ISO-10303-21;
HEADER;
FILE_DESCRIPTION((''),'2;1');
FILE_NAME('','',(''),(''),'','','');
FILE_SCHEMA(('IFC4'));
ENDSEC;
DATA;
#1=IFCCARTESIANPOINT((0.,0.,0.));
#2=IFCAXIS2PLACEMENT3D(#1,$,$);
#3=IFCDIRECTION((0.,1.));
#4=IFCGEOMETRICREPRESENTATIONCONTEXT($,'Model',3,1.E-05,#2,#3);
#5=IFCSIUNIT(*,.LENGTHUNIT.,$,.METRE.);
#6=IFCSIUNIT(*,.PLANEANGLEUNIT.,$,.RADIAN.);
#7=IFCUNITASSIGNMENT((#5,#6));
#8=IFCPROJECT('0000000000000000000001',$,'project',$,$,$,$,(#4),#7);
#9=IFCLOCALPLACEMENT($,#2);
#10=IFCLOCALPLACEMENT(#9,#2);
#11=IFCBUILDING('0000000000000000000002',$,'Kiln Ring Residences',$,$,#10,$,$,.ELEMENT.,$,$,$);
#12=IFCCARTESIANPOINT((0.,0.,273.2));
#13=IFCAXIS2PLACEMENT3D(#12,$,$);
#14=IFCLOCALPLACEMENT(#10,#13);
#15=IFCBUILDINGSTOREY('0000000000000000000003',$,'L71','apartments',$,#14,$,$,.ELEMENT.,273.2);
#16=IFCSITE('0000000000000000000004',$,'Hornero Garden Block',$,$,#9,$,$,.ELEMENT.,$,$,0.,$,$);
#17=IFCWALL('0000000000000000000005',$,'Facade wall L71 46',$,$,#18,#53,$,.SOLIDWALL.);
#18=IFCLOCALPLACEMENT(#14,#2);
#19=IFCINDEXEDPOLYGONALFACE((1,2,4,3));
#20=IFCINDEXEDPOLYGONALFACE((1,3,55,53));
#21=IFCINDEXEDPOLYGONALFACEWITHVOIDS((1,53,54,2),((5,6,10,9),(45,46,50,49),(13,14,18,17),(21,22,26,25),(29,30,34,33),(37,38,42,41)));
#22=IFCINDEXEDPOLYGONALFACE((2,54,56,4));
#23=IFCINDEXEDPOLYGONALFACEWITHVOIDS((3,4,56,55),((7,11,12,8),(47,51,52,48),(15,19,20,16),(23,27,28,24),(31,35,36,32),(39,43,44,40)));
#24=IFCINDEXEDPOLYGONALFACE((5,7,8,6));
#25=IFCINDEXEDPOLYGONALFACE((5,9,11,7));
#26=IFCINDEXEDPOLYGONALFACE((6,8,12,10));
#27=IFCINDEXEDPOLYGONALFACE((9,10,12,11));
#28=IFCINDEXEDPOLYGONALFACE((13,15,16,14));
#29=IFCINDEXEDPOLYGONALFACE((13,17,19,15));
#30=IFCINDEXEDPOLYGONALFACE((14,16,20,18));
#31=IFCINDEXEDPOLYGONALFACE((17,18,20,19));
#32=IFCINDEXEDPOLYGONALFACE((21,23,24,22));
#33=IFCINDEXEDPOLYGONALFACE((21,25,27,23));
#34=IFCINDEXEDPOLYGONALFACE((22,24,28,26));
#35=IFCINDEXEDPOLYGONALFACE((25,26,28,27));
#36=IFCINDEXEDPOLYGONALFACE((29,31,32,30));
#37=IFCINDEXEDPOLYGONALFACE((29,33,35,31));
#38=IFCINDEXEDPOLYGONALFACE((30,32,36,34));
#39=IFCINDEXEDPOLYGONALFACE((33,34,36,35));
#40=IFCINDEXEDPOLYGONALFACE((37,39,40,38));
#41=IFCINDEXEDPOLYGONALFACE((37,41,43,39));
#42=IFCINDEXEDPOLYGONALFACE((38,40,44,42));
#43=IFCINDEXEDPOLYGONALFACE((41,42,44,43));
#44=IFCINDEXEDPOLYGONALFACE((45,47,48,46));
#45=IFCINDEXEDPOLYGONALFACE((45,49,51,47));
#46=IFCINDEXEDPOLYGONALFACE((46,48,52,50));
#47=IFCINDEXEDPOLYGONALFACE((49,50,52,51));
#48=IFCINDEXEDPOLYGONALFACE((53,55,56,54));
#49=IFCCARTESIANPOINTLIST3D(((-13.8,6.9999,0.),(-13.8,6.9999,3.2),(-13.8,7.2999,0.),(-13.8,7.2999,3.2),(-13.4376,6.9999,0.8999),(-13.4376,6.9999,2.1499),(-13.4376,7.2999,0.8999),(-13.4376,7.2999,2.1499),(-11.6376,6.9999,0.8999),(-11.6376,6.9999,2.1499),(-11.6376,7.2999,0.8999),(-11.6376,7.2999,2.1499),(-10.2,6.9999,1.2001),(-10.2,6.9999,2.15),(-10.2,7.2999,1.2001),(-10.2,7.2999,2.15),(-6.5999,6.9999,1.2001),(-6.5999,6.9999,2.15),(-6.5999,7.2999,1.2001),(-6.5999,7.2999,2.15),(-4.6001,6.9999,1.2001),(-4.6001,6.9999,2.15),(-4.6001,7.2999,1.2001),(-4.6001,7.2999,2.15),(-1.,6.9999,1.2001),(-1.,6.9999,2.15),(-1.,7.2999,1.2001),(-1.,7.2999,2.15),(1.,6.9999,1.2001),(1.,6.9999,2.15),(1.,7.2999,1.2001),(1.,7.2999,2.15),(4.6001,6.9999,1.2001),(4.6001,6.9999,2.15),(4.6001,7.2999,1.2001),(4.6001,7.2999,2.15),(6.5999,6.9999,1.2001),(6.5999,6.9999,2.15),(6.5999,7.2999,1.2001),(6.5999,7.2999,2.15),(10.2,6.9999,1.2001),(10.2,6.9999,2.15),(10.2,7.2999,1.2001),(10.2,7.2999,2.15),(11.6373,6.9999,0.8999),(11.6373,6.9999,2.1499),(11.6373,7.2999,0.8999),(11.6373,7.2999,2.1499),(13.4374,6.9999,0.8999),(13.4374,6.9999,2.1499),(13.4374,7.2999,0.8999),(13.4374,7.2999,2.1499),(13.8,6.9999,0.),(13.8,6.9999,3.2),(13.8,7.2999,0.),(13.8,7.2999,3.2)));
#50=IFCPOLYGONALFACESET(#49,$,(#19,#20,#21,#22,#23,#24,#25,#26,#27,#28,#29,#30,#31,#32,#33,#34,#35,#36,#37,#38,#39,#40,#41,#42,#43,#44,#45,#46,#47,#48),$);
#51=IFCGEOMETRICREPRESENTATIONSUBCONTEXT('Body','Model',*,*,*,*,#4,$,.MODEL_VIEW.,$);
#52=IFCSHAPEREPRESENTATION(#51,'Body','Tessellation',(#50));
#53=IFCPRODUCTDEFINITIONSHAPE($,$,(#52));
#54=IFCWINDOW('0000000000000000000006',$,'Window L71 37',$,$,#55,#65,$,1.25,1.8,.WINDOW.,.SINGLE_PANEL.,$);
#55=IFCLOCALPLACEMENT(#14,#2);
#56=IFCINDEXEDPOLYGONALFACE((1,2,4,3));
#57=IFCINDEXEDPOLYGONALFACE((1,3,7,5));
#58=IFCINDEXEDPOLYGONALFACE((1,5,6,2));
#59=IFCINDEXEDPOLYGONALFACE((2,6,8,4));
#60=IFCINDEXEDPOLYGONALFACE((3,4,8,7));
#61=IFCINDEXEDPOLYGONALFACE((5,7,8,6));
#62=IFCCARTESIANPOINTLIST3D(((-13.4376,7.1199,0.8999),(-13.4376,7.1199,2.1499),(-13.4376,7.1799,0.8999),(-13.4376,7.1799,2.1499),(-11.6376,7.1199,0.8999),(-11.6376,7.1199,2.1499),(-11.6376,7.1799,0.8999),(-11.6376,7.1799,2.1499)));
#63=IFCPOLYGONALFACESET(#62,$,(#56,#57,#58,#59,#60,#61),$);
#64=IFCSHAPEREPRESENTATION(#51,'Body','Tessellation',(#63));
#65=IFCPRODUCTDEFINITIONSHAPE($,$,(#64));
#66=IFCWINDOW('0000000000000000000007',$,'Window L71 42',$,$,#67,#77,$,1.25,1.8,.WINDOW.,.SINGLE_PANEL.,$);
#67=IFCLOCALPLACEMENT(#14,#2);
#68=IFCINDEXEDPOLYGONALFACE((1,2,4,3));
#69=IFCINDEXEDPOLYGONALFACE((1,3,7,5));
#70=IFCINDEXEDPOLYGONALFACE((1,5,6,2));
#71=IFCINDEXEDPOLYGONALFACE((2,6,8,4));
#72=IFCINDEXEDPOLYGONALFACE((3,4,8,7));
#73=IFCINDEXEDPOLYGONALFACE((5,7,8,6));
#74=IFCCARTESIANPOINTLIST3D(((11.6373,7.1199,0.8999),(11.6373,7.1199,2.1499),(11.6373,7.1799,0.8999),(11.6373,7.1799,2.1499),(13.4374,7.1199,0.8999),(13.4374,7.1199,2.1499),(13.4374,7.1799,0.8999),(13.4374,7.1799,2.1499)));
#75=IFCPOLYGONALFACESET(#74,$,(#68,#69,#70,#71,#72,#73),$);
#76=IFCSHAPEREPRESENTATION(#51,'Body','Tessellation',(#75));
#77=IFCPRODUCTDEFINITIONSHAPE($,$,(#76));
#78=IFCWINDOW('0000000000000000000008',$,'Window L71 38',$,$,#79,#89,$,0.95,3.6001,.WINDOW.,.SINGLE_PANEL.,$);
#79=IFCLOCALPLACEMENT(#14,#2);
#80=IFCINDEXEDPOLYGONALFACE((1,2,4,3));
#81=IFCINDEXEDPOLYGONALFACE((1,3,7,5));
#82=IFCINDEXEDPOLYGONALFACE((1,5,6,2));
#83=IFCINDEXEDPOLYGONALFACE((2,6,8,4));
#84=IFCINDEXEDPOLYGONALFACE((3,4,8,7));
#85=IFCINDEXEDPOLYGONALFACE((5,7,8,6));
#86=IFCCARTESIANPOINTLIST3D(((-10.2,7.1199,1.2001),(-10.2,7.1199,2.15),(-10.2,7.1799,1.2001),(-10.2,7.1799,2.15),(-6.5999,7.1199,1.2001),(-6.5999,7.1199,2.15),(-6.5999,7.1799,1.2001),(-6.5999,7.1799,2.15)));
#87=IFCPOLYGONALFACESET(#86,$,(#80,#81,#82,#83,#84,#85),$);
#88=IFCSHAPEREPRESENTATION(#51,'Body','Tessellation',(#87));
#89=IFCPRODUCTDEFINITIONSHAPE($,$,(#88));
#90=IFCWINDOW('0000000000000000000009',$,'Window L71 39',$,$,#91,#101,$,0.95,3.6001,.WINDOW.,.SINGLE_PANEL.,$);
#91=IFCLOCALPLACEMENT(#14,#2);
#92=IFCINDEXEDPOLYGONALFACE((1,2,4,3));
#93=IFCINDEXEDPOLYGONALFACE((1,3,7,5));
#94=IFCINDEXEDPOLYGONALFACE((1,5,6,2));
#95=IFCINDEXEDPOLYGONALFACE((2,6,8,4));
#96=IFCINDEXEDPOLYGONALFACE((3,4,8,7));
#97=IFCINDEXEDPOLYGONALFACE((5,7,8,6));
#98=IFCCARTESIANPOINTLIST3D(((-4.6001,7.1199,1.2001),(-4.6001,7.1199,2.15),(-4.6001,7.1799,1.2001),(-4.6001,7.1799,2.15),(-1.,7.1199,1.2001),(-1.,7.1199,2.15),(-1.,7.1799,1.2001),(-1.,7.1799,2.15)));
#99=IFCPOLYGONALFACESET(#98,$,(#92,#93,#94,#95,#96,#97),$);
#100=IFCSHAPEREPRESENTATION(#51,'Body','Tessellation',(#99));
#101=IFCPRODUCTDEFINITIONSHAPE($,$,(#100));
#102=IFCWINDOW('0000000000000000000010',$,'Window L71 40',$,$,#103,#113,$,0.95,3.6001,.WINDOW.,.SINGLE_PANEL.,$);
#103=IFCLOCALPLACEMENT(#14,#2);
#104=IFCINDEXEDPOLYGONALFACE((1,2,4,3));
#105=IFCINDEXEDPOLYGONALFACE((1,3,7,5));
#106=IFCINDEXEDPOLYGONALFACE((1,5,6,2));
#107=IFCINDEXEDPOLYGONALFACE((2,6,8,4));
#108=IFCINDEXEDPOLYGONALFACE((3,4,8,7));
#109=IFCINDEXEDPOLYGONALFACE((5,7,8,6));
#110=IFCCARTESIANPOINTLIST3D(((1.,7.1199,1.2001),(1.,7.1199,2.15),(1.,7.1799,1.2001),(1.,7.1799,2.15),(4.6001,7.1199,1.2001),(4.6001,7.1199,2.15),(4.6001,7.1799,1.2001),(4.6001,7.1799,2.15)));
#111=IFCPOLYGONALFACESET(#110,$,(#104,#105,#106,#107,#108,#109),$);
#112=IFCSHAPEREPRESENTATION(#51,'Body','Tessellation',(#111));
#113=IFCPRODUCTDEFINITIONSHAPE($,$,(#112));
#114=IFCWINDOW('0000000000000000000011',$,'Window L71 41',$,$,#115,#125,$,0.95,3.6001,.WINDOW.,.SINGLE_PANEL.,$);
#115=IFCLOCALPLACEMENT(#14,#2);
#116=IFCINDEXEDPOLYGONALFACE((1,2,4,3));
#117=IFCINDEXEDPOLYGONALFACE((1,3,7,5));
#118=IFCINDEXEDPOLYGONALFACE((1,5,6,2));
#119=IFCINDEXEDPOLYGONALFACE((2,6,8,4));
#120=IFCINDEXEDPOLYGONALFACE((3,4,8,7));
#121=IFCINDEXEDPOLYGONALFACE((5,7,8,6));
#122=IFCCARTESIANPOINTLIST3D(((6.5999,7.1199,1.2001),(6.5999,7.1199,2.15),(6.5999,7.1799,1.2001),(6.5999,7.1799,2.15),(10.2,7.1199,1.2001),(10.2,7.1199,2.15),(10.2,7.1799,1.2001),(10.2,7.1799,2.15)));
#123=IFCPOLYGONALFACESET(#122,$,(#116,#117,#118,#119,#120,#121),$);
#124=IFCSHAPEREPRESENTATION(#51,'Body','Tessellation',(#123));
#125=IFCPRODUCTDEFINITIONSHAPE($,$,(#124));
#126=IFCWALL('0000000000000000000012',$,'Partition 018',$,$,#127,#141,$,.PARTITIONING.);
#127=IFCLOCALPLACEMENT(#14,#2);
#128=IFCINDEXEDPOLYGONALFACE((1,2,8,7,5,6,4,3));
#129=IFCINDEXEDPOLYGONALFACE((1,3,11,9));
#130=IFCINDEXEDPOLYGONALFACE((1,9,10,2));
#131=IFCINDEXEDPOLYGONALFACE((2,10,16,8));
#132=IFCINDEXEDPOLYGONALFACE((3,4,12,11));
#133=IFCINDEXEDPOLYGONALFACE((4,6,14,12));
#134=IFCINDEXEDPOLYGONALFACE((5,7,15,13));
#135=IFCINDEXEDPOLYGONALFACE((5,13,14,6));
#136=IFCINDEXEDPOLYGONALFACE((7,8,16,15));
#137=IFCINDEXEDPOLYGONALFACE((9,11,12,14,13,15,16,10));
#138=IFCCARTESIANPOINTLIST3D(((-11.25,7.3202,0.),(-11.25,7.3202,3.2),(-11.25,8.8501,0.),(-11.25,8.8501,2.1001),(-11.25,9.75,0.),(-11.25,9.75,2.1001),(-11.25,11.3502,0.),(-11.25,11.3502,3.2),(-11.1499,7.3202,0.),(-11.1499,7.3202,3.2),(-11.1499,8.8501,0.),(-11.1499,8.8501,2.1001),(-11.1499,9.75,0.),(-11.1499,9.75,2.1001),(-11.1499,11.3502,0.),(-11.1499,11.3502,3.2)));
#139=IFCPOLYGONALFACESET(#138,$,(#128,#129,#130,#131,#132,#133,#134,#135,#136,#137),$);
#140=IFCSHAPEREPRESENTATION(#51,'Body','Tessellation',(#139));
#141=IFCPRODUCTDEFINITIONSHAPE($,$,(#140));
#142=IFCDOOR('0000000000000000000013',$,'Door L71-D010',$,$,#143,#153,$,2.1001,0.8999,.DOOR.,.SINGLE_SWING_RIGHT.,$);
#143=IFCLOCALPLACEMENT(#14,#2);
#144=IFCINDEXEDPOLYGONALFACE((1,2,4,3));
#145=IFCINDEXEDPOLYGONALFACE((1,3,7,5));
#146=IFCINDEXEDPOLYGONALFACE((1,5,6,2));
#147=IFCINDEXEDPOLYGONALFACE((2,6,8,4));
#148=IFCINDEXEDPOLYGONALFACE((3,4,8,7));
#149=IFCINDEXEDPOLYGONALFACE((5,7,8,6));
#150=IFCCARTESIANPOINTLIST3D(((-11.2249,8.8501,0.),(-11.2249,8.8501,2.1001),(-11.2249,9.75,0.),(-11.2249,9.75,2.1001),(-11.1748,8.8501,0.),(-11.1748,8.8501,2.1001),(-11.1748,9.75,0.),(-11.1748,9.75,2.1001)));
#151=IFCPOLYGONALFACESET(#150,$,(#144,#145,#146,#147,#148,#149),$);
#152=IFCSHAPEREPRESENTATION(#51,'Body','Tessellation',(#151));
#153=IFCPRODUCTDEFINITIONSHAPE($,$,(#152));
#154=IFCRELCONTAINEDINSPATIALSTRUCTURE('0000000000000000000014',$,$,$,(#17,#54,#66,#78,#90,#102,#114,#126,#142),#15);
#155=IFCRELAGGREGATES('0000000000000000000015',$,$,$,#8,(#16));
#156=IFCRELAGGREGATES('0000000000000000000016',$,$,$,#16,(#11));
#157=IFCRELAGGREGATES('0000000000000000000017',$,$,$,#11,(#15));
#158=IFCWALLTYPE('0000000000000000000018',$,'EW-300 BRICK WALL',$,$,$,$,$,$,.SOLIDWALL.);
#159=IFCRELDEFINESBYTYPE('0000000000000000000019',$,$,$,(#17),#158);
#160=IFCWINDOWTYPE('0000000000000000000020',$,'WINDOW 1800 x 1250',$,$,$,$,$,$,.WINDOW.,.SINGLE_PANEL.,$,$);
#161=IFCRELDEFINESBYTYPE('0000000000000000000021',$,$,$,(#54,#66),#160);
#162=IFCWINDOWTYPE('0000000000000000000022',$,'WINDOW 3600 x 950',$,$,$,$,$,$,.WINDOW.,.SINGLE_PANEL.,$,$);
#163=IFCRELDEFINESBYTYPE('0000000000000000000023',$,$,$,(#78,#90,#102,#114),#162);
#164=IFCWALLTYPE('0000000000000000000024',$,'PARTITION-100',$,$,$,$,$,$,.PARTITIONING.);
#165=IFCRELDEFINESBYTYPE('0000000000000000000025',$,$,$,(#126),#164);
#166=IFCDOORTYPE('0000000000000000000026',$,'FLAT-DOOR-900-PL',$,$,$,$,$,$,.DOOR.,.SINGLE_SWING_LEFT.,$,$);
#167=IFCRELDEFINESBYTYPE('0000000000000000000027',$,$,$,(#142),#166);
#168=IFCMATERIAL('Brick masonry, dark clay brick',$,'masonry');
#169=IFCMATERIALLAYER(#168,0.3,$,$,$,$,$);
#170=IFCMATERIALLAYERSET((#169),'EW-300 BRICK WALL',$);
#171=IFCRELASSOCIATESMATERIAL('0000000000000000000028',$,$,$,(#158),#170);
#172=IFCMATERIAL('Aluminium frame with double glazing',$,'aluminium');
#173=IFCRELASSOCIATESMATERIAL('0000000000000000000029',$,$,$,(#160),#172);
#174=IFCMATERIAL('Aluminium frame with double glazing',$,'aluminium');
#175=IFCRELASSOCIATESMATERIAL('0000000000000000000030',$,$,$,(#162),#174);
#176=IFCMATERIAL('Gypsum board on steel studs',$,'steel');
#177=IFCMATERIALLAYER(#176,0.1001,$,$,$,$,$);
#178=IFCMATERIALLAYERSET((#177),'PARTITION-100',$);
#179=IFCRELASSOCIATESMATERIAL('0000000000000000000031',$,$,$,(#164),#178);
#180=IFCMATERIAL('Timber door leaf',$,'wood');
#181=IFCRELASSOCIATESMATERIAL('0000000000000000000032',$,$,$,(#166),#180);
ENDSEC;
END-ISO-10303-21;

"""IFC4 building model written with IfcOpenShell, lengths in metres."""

from ifc_helpers import new_model, si_unit, direction, frame, frame_2d, origin, place, context, subcontext, project, spatial, rectangle, extrude, material, layer, layer_set, type_object, element, fill, save


model = new_model("IFC4")

# Units and contexts
model_context = context("Model", 3, precision=1e-05, world=origin(), true_north=direction((0.0, 1.0)))
body_context = subcontext(model_context, "Body", "Model", "MODEL_VIEW")
ifc_project = project(units=[si_unit("LENGTHUNIT", "METRE"), si_unit("PLANEANGLEUNIT", "RADIAN")], contexts=[model_context])

# Site, building, storey
site_placement = place(None, origin())
site = spatial("IfcSite", under=ifc_project, at=site_placement, Name="Hornero Garden Block", CompositionType="ELEMENT", RefElevation=0.0)
building_placement = place(site_placement, origin())
building = spatial("IfcBuilding", under=site, at=building_placement, Name="Kiln Ring Residences", CompositionType="ELEMENT")
storey_placement = place(building_placement, frame((0.0, 0.0, 273.2)))
storey = spatial("IfcBuildingStorey", under=building, at=storey_placement, Name="L71", Description="apartments", CompositionType="ELEMENT", Elevation=273.2)

# Wall, openings, windows
ifc_material_1 = material(Name="Brick masonry, dark clay brick", Category="masonry")
ifc_layer_1 = layer(ifc_material_1, 0.3)
ifc_layer_set_1 = layer_set([ifc_layer_1], Name="EW-300 BRICK WALL")
wall_type_1 = type_object("IfcWallType", Name="EW-300 BRICK WALL", PredefinedType="SOLIDWALL", material=ifc_layer_set_1)
wall_1_placement = place(storey_placement, frame((-13.8, 7.1499, 0.0), z_axis=(0.0, 0.0, 1.0), x_axis=(1.0, 0.0, 0.0)))
wall_1 = element("IfcWall", 1, at=wall_1_placement, inside=storey, type_object=wall_type_1, Name="Facade wall L71 46", PredefinedType="SOLIDWALL", context=body_context, shape_type="SweptSolid", body=[
    extrude(rectangle(XDim=27.6001, YDim=0.3, at=frame_2d((13.8, 0.0))), origin(), (0.0, 0.0, 1.0), 3.2),
])
opening_1_placement = place(wall_1_placement, frame((0.3625, 0.0, 0.8999)))
opening_1 = element("IfcOpeningElement", 2, at=opening_1_placement, cuts=wall_1, PredefinedType="OPENING", context=body_context, shape_type="SweptSolid", body=[
    extrude(rectangle(XDim=1.8, YDim=1.25, at=frame_2d((0.8999, 0.625))), frame((0.0, 0.1599, 0.0), z_axis=(0.0, -1.0, 0.0), x_axis=(1.0, 0.0, 0.0)), (0.0, 0.0, 1.0), 0.3201),
])
opening_2_placement = place(wall_1_placement, frame((3.6001, 0.0, 1.2)))
opening_2 = element("IfcOpeningElement", 3, at=opening_2_placement, cuts=wall_1, PredefinedType="OPENING", context=body_context, shape_type="SweptSolid", body=[
    extrude(rectangle(XDim=3.6001, YDim=0.95, at=frame_2d((1.8, 0.4751))), frame((0.0, 0.1599, 0.0), z_axis=(0.0, -1.0, 0.0), x_axis=(1.0, 0.0, 0.0)), (0.0, 0.0, 1.0), 0.3201),
])
opening_3_placement = place(wall_1_placement, frame((9.2, 0.0, 1.2)))
opening_3 = element("IfcOpeningElement", 4, at=opening_3_placement, cuts=wall_1, PredefinedType="OPENING", context=body_context, shape_type="SweptSolid", body=[
    extrude(rectangle(XDim=3.6001, YDim=0.95, at=frame_2d((1.8, 0.4751))), frame((0.0, 0.1599, 0.0), z_axis=(0.0, -1.0, 0.0), x_axis=(1.0, 0.0, 0.0)), (0.0, 0.0, 1.0), 0.3201),
])
opening_4_placement = place(wall_1_placement, frame((14.8, 0.0, 1.2)))
opening_4 = element("IfcOpeningElement", 5, at=opening_4_placement, cuts=wall_1, PredefinedType="OPENING", context=body_context, shape_type="SweptSolid", body=[
    extrude(rectangle(XDim=3.6001, YDim=0.95, at=frame_2d((1.8, 0.4751))), frame((0.0, 0.1599, 0.0), z_axis=(0.0, -1.0, 0.0), x_axis=(1.0, 0.0, 0.0)), (0.0, 0.0, 1.0), 0.3201),
])
opening_5_placement = place(wall_1_placement, frame((20.3999, 0.0, 1.2)))
opening_5 = element("IfcOpeningElement", 6, at=opening_5_placement, cuts=wall_1, PredefinedType="OPENING", context=body_context, shape_type="SweptSolid", body=[
    extrude(rectangle(XDim=3.6001, YDim=0.95, at=frame_2d((1.8, 0.4751))), frame((0.0, 0.1599, 0.0), z_axis=(0.0, -1.0, 0.0), x_axis=(1.0, 0.0, 0.0)), (0.0, 0.0, 1.0), 0.3201),
])
opening_6_placement = place(wall_1_placement, frame((25.4375, 0.0, 0.8999)))
opening_6 = element("IfcOpeningElement", 7, at=opening_6_placement, cuts=wall_1, PredefinedType="OPENING", context=body_context, shape_type="SweptSolid", body=[
    extrude(rectangle(XDim=1.8, YDim=1.25, at=frame_2d((0.8999, 0.625))), frame((0.0, 0.1599, 0.0), z_axis=(0.0, -1.0, 0.0), x_axis=(1.0, 0.0, 0.0)), (0.0, 0.0, 1.0), 0.3201),
])
ifc_material_2 = material(Name="Aluminium frame with double glazing", Category="aluminium")
window_type_1 = type_object("IfcWindowType", Name="WINDOW 1800 x 1250", PartitioningType="SINGLE_PANEL", PredefinedType="WINDOW", material=ifc_material_2)
window_1_placement = place(opening_1_placement, origin())
window_1 = element("IfcWindow", 8, at=window_1_placement, inside=storey, type_object=window_type_1, Name="Window L71 37", OverallHeight=1.25, OverallWidth=1.8, PartitioningType="SINGLE_PANEL", PredefinedType="WINDOW", context=body_context, shape_type="SweptSolid", body=[
    extrude(rectangle(XDim=1.8, YDim=1.25, at=frame_2d((0.8999, 0.625))), frame((0.0, 0.03, 0.0), z_axis=(0.0, -1.0, 0.0), x_axis=(1.0, 0.0, 0.0)), (0.0, 0.0, 1.0), 0.0601),
])
fill(opening_1, window_1)
window_2_placement = place(opening_6_placement, origin())
window_2 = element("IfcWindow", 9, at=window_2_placement, inside=storey, type_object=window_type_1, Name="Window L71 42", OverallHeight=1.25, OverallWidth=1.8, PartitioningType="SINGLE_PANEL", PredefinedType="WINDOW", context=body_context, shape_type="SweptSolid", body=[
    extrude(rectangle(XDim=1.8, YDim=1.25, at=frame_2d((0.8999, 0.625))), frame((0.0, 0.03, 0.0), z_axis=(0.0, -1.0, 0.0), x_axis=(1.0, 0.0, 0.0)), (0.0, 0.0, 1.0), 0.0601),
])
fill(opening_6, window_2)
ifc_material_3 = material(Name="Aluminium frame with double glazing", Category="aluminium")
window_type_2 = type_object("IfcWindowType", Name="WINDOW 3600 x 950", PartitioningType="SINGLE_PANEL", PredefinedType="WINDOW", material=ifc_material_3)
window_3_placement = place(opening_2_placement, origin())
window_3 = element("IfcWindow", 10, at=window_3_placement, inside=storey, type_object=window_type_2, Name="Window L71 38", OverallHeight=0.95, OverallWidth=3.6001, PartitioningType="SINGLE_PANEL", PredefinedType="WINDOW", context=body_context, shape_type="SweptSolid", body=[
    extrude(rectangle(XDim=3.6001, YDim=0.95, at=frame_2d((1.8, 0.4751))), frame((0.0, 0.03, 0.0), z_axis=(0.0, -1.0, 0.0), x_axis=(1.0, 0.0, 0.0)), (0.0, 0.0, 1.0), 0.0601),
])
fill(opening_2, window_3)
window_4_placement = place(opening_3_placement, origin())
window_4 = element("IfcWindow", 11, at=window_4_placement, inside=storey, type_object=window_type_2, Name="Window L71 39", OverallHeight=0.95, OverallWidth=3.6001, PartitioningType="SINGLE_PANEL", PredefinedType="WINDOW", context=body_context, shape_type="SweptSolid", body=[
    extrude(rectangle(XDim=3.6001, YDim=0.95, at=frame_2d((1.8, 0.4751))), frame((0.0, 0.03, 0.0), z_axis=(0.0, -1.0, 0.0), x_axis=(1.0, 0.0, 0.0)), (0.0, 0.0, 1.0), 0.0601),
])
fill(opening_3, window_4)
window_5_placement = place(opening_4_placement, origin())
window_5 = element("IfcWindow", 12, at=window_5_placement, inside=storey, type_object=window_type_2, Name="Window L71 40", OverallHeight=0.95, OverallWidth=3.6001, PartitioningType="SINGLE_PANEL", PredefinedType="WINDOW", context=body_context, shape_type="SweptSolid", body=[
    extrude(rectangle(XDim=3.6001, YDim=0.95, at=frame_2d((1.8, 0.4751))), frame((0.0, 0.03, 0.0), z_axis=(0.0, -1.0, 0.0), x_axis=(1.0, 0.0, 0.0)), (0.0, 0.0, 1.0), 0.0601),
])
fill(opening_4, window_5)
window_6_placement = place(opening_5_placement, origin())
window_6 = element("IfcWindow", 13, at=window_6_placement, inside=storey, type_object=window_type_2, Name="Window L71 41", OverallHeight=0.95, OverallWidth=3.6001, PartitioningType="SINGLE_PANEL", PredefinedType="WINDOW", context=body_context, shape_type="SweptSolid", body=[
    extrude(rectangle(XDim=3.6001, YDim=0.95, at=frame_2d((1.8, 0.4751))), frame((0.0, 0.03, 0.0), z_axis=(0.0, -1.0, 0.0), x_axis=(1.0, 0.0, 0.0)), (0.0, 0.0, 1.0), 0.0601),
])
fill(opening_5, window_6)

# Wall, opening, door
ifc_material_4 = material(Name="Gypsum board on steel studs", Category="steel")
ifc_layer_2 = layer(ifc_material_4, 0.1001)
ifc_layer_set_2 = layer_set([ifc_layer_2], Name="PARTITION-100")
wall_type_2 = type_object("IfcWallType", Name="PARTITION-100", PredefinedType="PARTITIONING", material=ifc_layer_set_2)
wall_2_placement = place(storey_placement, frame((-11.2, 7.3201, 0.0), z_axis=(0.0, 0.0, 1.0), x_axis=(0.0, 1.0, 0.0)))
wall_2 = element("IfcWall", 14, at=wall_2_placement, inside=storey, type_object=wall_type_2, Name="Partition 018", PredefinedType="PARTITIONING", context=body_context, shape_type="SweptSolid", body=[
    extrude(rectangle(XDim=4.03, YDim=0.1001, at=frame_2d((2.0151, 0.0))), origin(), (0.0, 0.0, 1.0), 3.2),
])
opening_7_placement = place(wall_2_placement, frame((1.53, 0.0, 0.0)))
opening_7 = element("IfcOpeningElement", 15, at=opening_7_placement, cuts=wall_2, PredefinedType="OPENING", context=body_context, shape_type="SweptSolid", body=[
    extrude(rectangle(XDim=0.8999, YDim=2.1001, at=frame_2d((0.45, 1.05))), frame((0.0, 0.0601, 0.0), z_axis=(0.0, -1.0, 0.0), x_axis=(1.0, 0.0, 0.0)), (0.0, 0.0, 1.0), 0.1201),
])
ifc_material_5 = material(Name="Timber door leaf", Category="wood")
door_type = type_object("IfcDoorType", Name="FLAT-DOOR-900-PL", OperationType="SINGLE_SWING_LEFT", PredefinedType="DOOR", material=ifc_material_5)
door_placement = place(opening_7_placement, origin())
door = element("IfcDoor", 16, at=door_placement, inside=storey, type_object=door_type, Name="Door L71-D010", OperationType="SINGLE_SWING_RIGHT", OverallHeight=2.1001, OverallWidth=0.8999, PredefinedType="DOOR", context=body_context, shape_type="SweptSolid", body=[
    extrude(rectangle(XDim=0.8999, YDim=2.1001, at=frame_2d((0.45, 1.05))), frame((0.0, 0.0249, 0.0), z_axis=(0.0, -1.0, 0.0), x_axis=(1.0, 0.0, 0.0)), (0.0, 0.0, 1.0), 0.05),
])
fill(opening_7, door)

save(model, "model.ifc")
